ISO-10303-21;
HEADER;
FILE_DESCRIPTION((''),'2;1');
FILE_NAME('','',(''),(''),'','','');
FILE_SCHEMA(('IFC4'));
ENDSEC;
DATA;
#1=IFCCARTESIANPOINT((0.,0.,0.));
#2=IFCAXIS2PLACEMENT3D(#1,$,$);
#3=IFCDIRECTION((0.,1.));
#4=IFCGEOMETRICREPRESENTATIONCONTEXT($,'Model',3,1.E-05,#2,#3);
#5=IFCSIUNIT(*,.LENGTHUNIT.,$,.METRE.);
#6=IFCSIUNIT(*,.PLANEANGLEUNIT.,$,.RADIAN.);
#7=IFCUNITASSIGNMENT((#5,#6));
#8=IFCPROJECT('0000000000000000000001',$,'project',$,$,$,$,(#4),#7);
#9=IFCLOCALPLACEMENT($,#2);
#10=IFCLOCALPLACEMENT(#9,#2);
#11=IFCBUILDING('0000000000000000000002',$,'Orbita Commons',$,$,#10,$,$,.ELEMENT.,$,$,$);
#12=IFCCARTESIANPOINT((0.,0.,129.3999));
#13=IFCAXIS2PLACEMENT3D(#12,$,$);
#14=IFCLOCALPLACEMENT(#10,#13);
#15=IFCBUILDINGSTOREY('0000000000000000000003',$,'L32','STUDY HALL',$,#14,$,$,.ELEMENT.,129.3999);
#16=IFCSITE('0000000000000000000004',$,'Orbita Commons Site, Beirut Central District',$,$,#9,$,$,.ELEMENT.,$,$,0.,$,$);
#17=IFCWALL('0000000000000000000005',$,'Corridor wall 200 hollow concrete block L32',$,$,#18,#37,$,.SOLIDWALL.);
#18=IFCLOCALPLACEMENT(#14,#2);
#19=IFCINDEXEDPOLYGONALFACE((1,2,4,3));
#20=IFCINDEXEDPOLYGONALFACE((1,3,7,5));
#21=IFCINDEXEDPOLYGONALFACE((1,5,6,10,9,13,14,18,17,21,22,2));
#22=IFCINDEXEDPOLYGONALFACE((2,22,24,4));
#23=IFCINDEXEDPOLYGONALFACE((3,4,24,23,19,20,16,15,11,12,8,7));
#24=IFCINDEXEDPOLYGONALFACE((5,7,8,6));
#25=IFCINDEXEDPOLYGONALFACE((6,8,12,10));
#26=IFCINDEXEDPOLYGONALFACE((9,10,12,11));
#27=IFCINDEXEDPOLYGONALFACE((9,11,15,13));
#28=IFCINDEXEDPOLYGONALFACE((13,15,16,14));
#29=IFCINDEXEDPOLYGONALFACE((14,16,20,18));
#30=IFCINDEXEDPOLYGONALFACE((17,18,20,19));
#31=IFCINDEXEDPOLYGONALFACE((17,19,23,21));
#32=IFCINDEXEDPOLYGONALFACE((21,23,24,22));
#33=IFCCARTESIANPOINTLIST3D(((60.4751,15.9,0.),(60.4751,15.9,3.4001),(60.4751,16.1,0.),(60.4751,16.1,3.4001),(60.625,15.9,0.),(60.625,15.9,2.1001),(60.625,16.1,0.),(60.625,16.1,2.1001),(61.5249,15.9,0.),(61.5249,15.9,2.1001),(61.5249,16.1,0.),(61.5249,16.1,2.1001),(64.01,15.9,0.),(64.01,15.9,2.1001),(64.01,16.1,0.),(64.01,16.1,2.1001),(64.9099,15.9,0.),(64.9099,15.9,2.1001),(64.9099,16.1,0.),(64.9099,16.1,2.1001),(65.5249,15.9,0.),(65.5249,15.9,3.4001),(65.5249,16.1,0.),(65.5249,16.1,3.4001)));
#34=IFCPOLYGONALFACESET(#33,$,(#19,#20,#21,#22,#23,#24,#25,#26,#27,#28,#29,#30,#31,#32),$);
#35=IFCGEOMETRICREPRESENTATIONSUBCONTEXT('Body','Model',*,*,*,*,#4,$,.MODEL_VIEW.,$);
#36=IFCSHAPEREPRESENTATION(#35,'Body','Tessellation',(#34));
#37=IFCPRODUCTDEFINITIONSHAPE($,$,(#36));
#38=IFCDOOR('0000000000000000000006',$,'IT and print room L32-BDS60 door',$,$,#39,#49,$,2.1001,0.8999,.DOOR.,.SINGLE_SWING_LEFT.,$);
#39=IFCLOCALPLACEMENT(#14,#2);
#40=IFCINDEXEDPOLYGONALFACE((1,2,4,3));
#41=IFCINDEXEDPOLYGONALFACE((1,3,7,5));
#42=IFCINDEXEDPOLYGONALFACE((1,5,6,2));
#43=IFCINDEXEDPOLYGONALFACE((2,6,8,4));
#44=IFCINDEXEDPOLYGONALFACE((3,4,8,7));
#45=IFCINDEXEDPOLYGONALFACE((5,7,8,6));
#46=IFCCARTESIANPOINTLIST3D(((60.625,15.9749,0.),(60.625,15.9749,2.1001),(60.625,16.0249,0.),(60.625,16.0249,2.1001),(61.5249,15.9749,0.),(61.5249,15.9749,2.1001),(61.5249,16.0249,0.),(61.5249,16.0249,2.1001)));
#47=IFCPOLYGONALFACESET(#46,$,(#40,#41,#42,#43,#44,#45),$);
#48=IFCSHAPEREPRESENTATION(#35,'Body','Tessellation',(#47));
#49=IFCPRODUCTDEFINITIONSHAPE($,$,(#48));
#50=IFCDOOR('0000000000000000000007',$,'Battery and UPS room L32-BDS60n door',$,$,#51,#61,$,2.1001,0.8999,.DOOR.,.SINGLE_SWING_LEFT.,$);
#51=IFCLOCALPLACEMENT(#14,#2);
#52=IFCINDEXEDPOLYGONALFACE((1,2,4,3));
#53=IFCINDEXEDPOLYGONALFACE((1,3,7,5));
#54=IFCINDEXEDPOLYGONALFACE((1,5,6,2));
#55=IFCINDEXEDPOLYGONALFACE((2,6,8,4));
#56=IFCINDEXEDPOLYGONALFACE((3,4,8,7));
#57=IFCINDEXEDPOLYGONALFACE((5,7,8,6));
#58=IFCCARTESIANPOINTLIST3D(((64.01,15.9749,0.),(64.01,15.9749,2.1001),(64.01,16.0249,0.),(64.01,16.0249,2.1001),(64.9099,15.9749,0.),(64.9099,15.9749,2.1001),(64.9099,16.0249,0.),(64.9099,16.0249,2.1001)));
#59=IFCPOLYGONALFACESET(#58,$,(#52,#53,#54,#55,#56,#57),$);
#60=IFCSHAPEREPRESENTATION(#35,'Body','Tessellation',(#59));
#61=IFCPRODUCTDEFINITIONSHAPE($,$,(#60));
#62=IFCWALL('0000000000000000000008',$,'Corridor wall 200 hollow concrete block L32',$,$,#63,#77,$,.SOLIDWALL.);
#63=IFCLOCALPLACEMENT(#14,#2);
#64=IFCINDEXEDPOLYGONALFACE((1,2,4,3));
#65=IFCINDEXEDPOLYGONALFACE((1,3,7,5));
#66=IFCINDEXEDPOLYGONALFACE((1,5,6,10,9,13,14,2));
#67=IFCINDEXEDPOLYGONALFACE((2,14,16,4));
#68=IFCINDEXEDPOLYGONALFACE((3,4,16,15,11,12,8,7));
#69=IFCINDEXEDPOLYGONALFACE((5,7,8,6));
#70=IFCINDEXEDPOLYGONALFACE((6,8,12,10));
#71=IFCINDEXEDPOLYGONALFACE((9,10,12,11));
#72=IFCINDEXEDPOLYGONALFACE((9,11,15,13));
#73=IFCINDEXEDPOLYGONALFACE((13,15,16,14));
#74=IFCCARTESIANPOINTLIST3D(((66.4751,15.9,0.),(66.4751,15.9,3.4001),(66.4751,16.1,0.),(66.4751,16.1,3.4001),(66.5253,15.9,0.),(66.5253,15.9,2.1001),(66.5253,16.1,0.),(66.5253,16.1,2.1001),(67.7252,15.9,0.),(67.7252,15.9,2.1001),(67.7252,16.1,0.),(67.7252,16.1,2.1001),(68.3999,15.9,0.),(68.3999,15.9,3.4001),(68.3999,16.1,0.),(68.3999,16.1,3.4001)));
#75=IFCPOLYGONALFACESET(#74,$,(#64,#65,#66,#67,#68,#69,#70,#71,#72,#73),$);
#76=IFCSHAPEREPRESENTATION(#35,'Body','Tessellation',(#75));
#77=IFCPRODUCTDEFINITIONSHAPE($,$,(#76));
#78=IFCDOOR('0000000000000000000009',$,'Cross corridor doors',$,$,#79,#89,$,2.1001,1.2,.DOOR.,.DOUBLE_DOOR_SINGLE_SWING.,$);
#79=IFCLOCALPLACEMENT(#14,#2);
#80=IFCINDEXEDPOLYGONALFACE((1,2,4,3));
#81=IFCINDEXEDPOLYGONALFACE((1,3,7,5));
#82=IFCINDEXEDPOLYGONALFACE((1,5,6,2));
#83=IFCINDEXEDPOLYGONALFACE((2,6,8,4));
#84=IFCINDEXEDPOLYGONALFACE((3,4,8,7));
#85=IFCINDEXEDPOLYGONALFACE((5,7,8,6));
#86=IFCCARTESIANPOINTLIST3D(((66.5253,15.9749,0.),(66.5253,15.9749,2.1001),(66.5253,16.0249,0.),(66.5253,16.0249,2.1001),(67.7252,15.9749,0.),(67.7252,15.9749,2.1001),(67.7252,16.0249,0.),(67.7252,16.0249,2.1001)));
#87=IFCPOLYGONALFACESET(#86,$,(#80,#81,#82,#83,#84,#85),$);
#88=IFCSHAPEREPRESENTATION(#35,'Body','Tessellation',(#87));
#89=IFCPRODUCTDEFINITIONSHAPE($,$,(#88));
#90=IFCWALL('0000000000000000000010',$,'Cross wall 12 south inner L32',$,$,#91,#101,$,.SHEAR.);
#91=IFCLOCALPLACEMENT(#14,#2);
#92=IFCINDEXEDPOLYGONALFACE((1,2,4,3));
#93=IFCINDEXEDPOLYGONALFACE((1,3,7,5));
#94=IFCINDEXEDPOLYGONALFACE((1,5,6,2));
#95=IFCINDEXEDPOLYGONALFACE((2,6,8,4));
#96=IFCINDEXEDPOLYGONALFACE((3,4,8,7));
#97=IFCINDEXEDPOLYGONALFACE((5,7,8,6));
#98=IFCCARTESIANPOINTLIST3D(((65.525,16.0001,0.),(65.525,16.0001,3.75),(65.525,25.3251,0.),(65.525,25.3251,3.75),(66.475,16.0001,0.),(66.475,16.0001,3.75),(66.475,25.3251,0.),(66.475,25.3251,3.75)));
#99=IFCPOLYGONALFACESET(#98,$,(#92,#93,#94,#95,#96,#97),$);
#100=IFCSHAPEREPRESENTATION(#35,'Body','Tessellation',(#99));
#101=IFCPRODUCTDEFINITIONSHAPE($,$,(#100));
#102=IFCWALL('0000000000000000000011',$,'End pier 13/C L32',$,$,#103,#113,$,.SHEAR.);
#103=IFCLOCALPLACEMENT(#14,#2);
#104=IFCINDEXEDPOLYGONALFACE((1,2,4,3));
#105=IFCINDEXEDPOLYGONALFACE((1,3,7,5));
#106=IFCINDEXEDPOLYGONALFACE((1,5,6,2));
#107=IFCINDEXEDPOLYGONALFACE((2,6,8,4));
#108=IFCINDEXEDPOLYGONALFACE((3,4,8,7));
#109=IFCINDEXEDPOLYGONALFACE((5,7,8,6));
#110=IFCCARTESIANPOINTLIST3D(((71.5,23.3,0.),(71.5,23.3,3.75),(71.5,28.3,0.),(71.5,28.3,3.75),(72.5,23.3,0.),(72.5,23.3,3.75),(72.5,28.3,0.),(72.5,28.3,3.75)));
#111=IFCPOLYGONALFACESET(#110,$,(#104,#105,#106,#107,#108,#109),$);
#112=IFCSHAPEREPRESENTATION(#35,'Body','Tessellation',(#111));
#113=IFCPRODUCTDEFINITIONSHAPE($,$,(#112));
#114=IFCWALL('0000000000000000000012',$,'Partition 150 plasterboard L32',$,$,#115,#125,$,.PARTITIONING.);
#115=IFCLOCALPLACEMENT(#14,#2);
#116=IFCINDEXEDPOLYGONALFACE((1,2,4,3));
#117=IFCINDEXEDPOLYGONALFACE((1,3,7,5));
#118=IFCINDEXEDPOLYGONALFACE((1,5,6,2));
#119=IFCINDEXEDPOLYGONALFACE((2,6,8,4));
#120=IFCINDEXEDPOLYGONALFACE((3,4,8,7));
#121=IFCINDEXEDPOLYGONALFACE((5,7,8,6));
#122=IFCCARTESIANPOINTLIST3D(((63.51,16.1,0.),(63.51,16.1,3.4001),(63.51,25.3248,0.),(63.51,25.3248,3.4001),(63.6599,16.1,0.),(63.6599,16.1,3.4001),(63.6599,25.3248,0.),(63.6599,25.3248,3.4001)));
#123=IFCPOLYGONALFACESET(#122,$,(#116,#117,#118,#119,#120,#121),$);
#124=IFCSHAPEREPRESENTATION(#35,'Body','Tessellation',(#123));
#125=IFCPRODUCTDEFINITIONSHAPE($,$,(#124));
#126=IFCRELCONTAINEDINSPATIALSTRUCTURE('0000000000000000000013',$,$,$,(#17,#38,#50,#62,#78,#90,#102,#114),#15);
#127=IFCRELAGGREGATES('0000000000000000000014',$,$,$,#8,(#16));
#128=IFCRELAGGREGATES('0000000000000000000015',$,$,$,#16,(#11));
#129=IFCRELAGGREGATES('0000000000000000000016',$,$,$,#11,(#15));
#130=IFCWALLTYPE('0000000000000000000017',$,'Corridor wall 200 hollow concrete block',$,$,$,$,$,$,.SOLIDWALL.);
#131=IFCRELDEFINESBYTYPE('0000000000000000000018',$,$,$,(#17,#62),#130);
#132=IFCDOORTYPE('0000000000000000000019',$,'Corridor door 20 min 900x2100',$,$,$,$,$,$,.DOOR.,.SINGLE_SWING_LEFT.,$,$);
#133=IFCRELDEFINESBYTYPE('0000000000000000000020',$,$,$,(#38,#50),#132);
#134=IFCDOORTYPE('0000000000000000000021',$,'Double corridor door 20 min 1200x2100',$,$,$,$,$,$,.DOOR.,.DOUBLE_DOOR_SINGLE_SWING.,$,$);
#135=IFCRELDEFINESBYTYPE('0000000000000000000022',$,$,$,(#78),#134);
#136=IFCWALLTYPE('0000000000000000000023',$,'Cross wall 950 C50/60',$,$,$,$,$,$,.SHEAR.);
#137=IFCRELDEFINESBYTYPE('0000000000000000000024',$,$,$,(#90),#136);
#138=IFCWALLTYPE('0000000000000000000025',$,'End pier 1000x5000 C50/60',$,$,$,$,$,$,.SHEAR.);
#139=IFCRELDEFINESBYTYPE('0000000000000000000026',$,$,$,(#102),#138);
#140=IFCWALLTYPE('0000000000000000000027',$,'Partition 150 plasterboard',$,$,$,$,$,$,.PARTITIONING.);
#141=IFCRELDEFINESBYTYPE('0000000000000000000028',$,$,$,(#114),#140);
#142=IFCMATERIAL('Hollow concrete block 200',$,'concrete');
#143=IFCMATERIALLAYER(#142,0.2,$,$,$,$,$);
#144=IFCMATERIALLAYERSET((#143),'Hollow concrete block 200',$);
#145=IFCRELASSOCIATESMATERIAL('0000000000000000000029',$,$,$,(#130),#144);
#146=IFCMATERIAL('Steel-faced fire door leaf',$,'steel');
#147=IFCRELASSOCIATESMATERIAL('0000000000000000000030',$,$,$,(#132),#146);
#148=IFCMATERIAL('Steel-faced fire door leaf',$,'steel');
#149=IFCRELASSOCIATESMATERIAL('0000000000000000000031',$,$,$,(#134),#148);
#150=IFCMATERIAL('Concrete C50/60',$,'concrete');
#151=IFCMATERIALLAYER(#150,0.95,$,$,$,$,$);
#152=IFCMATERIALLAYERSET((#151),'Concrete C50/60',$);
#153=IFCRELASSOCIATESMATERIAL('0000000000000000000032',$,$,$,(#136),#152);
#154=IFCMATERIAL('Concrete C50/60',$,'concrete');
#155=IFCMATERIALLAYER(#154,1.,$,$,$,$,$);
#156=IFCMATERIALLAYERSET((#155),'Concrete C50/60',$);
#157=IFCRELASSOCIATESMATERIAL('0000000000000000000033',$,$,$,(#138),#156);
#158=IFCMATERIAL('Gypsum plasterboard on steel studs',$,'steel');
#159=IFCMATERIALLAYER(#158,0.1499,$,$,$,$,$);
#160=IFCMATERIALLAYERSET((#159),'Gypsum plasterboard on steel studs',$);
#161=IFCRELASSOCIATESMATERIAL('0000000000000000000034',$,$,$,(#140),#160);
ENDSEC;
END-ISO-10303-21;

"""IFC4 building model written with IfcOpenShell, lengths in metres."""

from ifc_helpers import new_model, si_unit, direction, frame, frame_2d, origin, place, context, subcontext, project, spatial, rectangle, extrude, material, layer, layer_set, type_object, element, fill, save


model = new_model("IFC4")

# Units and contexts
model_context = context("Model", 3, precision=1e-05, world=origin(), true_north=direction((0.0, 1.0)))
body_context = subcontext(model_context, "Body", "Model", "MODEL_VIEW")
ifc_project = project(units=[si_unit("LENGTHUNIT", "METRE"), si_unit("PLANEANGLEUNIT", "RADIAN")], contexts=[model_context])

# Site, building, storey
site_placement = place(None, origin())
site = spatial("IfcSite", under=ifc_project, at=site_placement, Name="Orbita Commons Site, Beirut Central District", CompositionType="ELEMENT", RefElevation=0.0)
building_placement = place(site_placement, origin())
building = spatial("IfcBuilding", under=site, at=building_placement, Name="Orbita Commons", CompositionType="ELEMENT")
storey_placement = place(building_placement, frame((0.0, 0.0, 129.3999)))
storey = spatial("IfcBuildingStorey", under=building, at=storey_placement, Name="L32", Description="STUDY HALL", CompositionType="ELEMENT", Elevation=129.3999)

# Wall, openings, doors
ifc_material_1 = material(Name="Hollow concrete block 200", Category="concrete")
ifc_layer_1 = layer(ifc_material_1, 0.2)
ifc_layer_set_1 = layer_set([ifc_layer_1], Name="Hollow concrete block 200")
wall_type_1 = type_object("IfcWallType", Name="Corridor wall 200 hollow concrete block", PredefinedType="SOLIDWALL", material=ifc_layer_set_1)
wall_1_placement = place(storey_placement, frame((60.4751, 16.0, 0.0), z_axis=(0.0, 0.0, 1.0), x_axis=(1.0, 0.0, 0.0)))
wall_1 = element("IfcWall", 1, at=wall_1_placement, inside=storey, type_object=wall_type_1, Name="Corridor wall 200 hollow concrete block L32", PredefinedType="SOLIDWALL", context=body_context, shape_type="SweptSolid", body=[
    extrude(rectangle(XDim=5.0498, YDim=0.2, at=frame_2d((2.5249, 0.0))), origin(), (0.0, 0.0, 1.0), 3.4001),
])
opening_1_placement = place(wall_1_placement, frame((0.1499, 0.0, 0.0)))
opening_1 = element("IfcOpeningElement", 2, at=opening_1_placement, cuts=wall_1, PredefinedType="OPENING", context=body_context, shape_type="SweptSolid", body=[
    extrude(rectangle(XDim=0.8999, YDim=2.1001, at=frame_2d((0.45, 1.05))), frame((0.0, 0.1099, 0.0), z_axis=(0.0, -1.0, 0.0), x_axis=(1.0, 0.0, 0.0)), (0.0, 0.0, 1.0), 0.22),
])
opening_2_placement = place(wall_1_placement, frame((3.5349, 0.0, 0.0)))
opening_2 = element("IfcOpeningElement", 3, at=opening_2_placement, cuts=wall_1, PredefinedType="OPENING", context=body_context, shape_type="SweptSolid", body=[
    extrude(rectangle(XDim=0.8999, YDim=2.1001, at=frame_2d((0.45, 1.05))), frame((0.0, 0.1099, 0.0), z_axis=(0.0, -1.0, 0.0), x_axis=(1.0, 0.0, 0.0)), (0.0, 0.0, 1.0), 0.22),
])
ifc_material_2 = material(Name="Steel-faced fire door leaf", Category="steel")
door_type_1 = type_object("IfcDoorType", Name="Corridor door 20 min 900x2100", OperationType="SINGLE_SWING_LEFT", PredefinedType="DOOR", material=ifc_material_2)
door_1_placement = place(opening_1_placement, origin())
door_1 = element("IfcDoor", 4, at=door_1_placement, inside=storey, type_object=door_type_1, Name="IT and print room L32-BDS60 door", OperationType="SINGLE_SWING_LEFT", OverallHeight=2.1001, OverallWidth=0.8999, PredefinedType="DOOR", context=body_context, shape_type="SweptSolid", body=[
    extrude(rectangle(XDim=0.8999, YDim=2.1001, at=frame_2d((0.45, 1.05))), frame((0.0, 0.0249, 0.0), z_axis=(0.0, -1.0, 0.0), x_axis=(1.0, 0.0, 0.0)), (0.0, 0.0, 1.0), 0.05),
])
fill(opening_1, door_1)
door_2_placement = place(opening_2_placement, origin())
door_2 = element("IfcDoor", 5, at=door_2_placement, inside=storey, type_object=door_type_1, Name="Battery and UPS room L32-BDS60n door", OperationType="SINGLE_SWING_LEFT", OverallHeight=2.1001, OverallWidth=0.8999, PredefinedType="DOOR", context=body_context, shape_type="SweptSolid", body=[
    extrude(rectangle(XDim=0.8999, YDim=2.1001, at=frame_2d((0.45, 1.05))), frame((0.0, 0.0249, 0.0), z_axis=(0.0, -1.0, 0.0), x_axis=(1.0, 0.0, 0.0)), (0.0, 0.0, 1.0), 0.05),
])
fill(opening_2, door_2)

# Wall, opening, door
wall_2_placement = place(storey_placement, frame((66.4751, 16.0, 0.0), z_axis=(0.0, 0.0, 1.0), x_axis=(1.0, 0.0, 0.0)))
wall_2 = element("IfcWall", 6, at=wall_2_placement, inside=storey, type_object=wall_type_1, Name="Corridor wall 200 hollow concrete block L32", PredefinedType="SOLIDWALL", context=body_context, shape_type="SweptSolid", body=[
    extrude(rectangle(XDim=1.9248, YDim=0.2, at=frame_2d((0.9624, 0.0))), origin(), (0.0, 0.0, 1.0), 3.4001),
])
opening_3_placement = place(wall_2_placement, frame((0.05, 0.0, 0.0)))
opening_3 = element("IfcOpeningElement", 7, at=opening_3_placement, cuts=wall_2, PredefinedType="OPENING", context=body_context, shape_type="SweptSolid", body=[
    extrude(rectangle(XDim=1.2, YDim=2.1001, at=frame_2d((0.6001, 1.05))), frame((0.0, 0.1099, 0.0), z_axis=(0.0, -1.0, 0.0), x_axis=(1.0, 0.0, 0.0)), (0.0, 0.0, 1.0), 0.22),
])
ifc_material_3 = material(Name="Steel-faced fire door leaf", Category="steel")
door_type_2 = type_object("IfcDoorType", Name="Double corridor door 20 min 1200x2100", OperationType="DOUBLE_DOOR_SINGLE_SWING", PredefinedType="DOOR", material=ifc_material_3)
door_3_placement = place(opening_3_placement, origin())
door_3 = element("IfcDoor", 8, at=door_3_placement, inside=storey, type_object=door_type_2, Name="Cross corridor doors", OperationType="DOUBLE_DOOR_SINGLE_SWING", OverallHeight=2.1001, OverallWidth=1.2, PredefinedType="DOOR", context=body_context, shape_type="SweptSolid", body=[
    extrude(rectangle(XDim=1.2, YDim=2.1001, at=frame_2d((0.6001, 1.05))), frame((0.0, 0.0249, 0.0), z_axis=(0.0, -1.0, 0.0), x_axis=(1.0, 0.0, 0.0)), (0.0, 0.0, 1.0), 0.05),
])
fill(opening_3, door_3)

# Walls
ifc_material_4 = material(Name="Concrete C50/60", Category="concrete")
ifc_layer_2 = layer(ifc_material_4, 0.95)
ifc_layer_set_2 = layer_set([ifc_layer_2], Name="Concrete C50/60")
wall_type_2 = type_object("IfcWallType", Name="Cross wall 950 C50/60", PredefinedType="SHEAR", material=ifc_layer_set_2)
wall_3_placement = place(storey_placement, frame((66.0, 16.0, 0.0), z_axis=(0.0, 0.0, 1.0), x_axis=(0.0, 1.0, 0.0)))
element("IfcWall", 9, at=wall_3_placement, inside=storey, type_object=wall_type_2, Name="Cross wall 12 south inner L32", PredefinedType="SHEAR", context=body_context, shape_type="SweptSolid", body=[
    extrude(rectangle(XDim=9.325, YDim=0.95, at=frame_2d((4.6626, 0.0))), origin(), (0.0, 0.0, 1.0), 3.75),
])
ifc_material_5 = material(Name="Concrete C50/60", Category="concrete")
ifc_layer_3 = layer(ifc_material_5, 1.0)
ifc_layer_set_3 = layer_set([ifc_layer_3], Name="Concrete C50/60")
wall_type_3 = type_object("IfcWallType", Name="End pier 1000x5000 C50/60", PredefinedType="SHEAR", material=ifc_layer_set_3)
wall_4_placement = place(storey_placement, frame((72.0, 23.3, 0.0), z_axis=(0.0, 0.0, 1.0), x_axis=(0.0, 1.0, 0.0)))
element("IfcWall", 10, at=wall_4_placement, inside=storey, type_object=wall_type_3, Name="End pier 13/C L32", PredefinedType="SHEAR", context=body_context, shape_type="SweptSolid", body=[
    extrude(rectangle(XDim=5.0, YDim=1.0, at=frame_2d((2.5, 0.0))), origin(), (0.0, 0.0, 1.0), 3.75),
])
ifc_material_6 = material(Name="Gypsum plasterboard on steel studs", Category="steel")
ifc_layer_4 = layer(ifc_material_6, 0.1499)
ifc_layer_set_4 = layer_set([ifc_layer_4], Name="Gypsum plasterboard on steel studs")
wall_type_4 = type_object("IfcWallType", Name="Partition 150 plasterboard", PredefinedType="PARTITIONING", material=ifc_layer_set_4)
wall_5_placement = place(storey_placement, frame((63.585, 16.1001, 0.0), z_axis=(0.0, 0.0, 1.0), x_axis=(0.0, 1.0, 0.0)))
element("IfcWall", 11, at=wall_5_placement, inside=storey, type_object=wall_type_4, Name="Partition 150 plasterboard L32", PredefinedType="PARTITIONING", context=body_context, shape_type="SweptSolid", body=[
    extrude(rectangle(XDim=9.2249, YDim=0.1499, at=frame_2d((4.6123, 0.0))), origin(), (0.0, 0.0, 1.0), 3.4001),
])

save(model, "model.ifc")
